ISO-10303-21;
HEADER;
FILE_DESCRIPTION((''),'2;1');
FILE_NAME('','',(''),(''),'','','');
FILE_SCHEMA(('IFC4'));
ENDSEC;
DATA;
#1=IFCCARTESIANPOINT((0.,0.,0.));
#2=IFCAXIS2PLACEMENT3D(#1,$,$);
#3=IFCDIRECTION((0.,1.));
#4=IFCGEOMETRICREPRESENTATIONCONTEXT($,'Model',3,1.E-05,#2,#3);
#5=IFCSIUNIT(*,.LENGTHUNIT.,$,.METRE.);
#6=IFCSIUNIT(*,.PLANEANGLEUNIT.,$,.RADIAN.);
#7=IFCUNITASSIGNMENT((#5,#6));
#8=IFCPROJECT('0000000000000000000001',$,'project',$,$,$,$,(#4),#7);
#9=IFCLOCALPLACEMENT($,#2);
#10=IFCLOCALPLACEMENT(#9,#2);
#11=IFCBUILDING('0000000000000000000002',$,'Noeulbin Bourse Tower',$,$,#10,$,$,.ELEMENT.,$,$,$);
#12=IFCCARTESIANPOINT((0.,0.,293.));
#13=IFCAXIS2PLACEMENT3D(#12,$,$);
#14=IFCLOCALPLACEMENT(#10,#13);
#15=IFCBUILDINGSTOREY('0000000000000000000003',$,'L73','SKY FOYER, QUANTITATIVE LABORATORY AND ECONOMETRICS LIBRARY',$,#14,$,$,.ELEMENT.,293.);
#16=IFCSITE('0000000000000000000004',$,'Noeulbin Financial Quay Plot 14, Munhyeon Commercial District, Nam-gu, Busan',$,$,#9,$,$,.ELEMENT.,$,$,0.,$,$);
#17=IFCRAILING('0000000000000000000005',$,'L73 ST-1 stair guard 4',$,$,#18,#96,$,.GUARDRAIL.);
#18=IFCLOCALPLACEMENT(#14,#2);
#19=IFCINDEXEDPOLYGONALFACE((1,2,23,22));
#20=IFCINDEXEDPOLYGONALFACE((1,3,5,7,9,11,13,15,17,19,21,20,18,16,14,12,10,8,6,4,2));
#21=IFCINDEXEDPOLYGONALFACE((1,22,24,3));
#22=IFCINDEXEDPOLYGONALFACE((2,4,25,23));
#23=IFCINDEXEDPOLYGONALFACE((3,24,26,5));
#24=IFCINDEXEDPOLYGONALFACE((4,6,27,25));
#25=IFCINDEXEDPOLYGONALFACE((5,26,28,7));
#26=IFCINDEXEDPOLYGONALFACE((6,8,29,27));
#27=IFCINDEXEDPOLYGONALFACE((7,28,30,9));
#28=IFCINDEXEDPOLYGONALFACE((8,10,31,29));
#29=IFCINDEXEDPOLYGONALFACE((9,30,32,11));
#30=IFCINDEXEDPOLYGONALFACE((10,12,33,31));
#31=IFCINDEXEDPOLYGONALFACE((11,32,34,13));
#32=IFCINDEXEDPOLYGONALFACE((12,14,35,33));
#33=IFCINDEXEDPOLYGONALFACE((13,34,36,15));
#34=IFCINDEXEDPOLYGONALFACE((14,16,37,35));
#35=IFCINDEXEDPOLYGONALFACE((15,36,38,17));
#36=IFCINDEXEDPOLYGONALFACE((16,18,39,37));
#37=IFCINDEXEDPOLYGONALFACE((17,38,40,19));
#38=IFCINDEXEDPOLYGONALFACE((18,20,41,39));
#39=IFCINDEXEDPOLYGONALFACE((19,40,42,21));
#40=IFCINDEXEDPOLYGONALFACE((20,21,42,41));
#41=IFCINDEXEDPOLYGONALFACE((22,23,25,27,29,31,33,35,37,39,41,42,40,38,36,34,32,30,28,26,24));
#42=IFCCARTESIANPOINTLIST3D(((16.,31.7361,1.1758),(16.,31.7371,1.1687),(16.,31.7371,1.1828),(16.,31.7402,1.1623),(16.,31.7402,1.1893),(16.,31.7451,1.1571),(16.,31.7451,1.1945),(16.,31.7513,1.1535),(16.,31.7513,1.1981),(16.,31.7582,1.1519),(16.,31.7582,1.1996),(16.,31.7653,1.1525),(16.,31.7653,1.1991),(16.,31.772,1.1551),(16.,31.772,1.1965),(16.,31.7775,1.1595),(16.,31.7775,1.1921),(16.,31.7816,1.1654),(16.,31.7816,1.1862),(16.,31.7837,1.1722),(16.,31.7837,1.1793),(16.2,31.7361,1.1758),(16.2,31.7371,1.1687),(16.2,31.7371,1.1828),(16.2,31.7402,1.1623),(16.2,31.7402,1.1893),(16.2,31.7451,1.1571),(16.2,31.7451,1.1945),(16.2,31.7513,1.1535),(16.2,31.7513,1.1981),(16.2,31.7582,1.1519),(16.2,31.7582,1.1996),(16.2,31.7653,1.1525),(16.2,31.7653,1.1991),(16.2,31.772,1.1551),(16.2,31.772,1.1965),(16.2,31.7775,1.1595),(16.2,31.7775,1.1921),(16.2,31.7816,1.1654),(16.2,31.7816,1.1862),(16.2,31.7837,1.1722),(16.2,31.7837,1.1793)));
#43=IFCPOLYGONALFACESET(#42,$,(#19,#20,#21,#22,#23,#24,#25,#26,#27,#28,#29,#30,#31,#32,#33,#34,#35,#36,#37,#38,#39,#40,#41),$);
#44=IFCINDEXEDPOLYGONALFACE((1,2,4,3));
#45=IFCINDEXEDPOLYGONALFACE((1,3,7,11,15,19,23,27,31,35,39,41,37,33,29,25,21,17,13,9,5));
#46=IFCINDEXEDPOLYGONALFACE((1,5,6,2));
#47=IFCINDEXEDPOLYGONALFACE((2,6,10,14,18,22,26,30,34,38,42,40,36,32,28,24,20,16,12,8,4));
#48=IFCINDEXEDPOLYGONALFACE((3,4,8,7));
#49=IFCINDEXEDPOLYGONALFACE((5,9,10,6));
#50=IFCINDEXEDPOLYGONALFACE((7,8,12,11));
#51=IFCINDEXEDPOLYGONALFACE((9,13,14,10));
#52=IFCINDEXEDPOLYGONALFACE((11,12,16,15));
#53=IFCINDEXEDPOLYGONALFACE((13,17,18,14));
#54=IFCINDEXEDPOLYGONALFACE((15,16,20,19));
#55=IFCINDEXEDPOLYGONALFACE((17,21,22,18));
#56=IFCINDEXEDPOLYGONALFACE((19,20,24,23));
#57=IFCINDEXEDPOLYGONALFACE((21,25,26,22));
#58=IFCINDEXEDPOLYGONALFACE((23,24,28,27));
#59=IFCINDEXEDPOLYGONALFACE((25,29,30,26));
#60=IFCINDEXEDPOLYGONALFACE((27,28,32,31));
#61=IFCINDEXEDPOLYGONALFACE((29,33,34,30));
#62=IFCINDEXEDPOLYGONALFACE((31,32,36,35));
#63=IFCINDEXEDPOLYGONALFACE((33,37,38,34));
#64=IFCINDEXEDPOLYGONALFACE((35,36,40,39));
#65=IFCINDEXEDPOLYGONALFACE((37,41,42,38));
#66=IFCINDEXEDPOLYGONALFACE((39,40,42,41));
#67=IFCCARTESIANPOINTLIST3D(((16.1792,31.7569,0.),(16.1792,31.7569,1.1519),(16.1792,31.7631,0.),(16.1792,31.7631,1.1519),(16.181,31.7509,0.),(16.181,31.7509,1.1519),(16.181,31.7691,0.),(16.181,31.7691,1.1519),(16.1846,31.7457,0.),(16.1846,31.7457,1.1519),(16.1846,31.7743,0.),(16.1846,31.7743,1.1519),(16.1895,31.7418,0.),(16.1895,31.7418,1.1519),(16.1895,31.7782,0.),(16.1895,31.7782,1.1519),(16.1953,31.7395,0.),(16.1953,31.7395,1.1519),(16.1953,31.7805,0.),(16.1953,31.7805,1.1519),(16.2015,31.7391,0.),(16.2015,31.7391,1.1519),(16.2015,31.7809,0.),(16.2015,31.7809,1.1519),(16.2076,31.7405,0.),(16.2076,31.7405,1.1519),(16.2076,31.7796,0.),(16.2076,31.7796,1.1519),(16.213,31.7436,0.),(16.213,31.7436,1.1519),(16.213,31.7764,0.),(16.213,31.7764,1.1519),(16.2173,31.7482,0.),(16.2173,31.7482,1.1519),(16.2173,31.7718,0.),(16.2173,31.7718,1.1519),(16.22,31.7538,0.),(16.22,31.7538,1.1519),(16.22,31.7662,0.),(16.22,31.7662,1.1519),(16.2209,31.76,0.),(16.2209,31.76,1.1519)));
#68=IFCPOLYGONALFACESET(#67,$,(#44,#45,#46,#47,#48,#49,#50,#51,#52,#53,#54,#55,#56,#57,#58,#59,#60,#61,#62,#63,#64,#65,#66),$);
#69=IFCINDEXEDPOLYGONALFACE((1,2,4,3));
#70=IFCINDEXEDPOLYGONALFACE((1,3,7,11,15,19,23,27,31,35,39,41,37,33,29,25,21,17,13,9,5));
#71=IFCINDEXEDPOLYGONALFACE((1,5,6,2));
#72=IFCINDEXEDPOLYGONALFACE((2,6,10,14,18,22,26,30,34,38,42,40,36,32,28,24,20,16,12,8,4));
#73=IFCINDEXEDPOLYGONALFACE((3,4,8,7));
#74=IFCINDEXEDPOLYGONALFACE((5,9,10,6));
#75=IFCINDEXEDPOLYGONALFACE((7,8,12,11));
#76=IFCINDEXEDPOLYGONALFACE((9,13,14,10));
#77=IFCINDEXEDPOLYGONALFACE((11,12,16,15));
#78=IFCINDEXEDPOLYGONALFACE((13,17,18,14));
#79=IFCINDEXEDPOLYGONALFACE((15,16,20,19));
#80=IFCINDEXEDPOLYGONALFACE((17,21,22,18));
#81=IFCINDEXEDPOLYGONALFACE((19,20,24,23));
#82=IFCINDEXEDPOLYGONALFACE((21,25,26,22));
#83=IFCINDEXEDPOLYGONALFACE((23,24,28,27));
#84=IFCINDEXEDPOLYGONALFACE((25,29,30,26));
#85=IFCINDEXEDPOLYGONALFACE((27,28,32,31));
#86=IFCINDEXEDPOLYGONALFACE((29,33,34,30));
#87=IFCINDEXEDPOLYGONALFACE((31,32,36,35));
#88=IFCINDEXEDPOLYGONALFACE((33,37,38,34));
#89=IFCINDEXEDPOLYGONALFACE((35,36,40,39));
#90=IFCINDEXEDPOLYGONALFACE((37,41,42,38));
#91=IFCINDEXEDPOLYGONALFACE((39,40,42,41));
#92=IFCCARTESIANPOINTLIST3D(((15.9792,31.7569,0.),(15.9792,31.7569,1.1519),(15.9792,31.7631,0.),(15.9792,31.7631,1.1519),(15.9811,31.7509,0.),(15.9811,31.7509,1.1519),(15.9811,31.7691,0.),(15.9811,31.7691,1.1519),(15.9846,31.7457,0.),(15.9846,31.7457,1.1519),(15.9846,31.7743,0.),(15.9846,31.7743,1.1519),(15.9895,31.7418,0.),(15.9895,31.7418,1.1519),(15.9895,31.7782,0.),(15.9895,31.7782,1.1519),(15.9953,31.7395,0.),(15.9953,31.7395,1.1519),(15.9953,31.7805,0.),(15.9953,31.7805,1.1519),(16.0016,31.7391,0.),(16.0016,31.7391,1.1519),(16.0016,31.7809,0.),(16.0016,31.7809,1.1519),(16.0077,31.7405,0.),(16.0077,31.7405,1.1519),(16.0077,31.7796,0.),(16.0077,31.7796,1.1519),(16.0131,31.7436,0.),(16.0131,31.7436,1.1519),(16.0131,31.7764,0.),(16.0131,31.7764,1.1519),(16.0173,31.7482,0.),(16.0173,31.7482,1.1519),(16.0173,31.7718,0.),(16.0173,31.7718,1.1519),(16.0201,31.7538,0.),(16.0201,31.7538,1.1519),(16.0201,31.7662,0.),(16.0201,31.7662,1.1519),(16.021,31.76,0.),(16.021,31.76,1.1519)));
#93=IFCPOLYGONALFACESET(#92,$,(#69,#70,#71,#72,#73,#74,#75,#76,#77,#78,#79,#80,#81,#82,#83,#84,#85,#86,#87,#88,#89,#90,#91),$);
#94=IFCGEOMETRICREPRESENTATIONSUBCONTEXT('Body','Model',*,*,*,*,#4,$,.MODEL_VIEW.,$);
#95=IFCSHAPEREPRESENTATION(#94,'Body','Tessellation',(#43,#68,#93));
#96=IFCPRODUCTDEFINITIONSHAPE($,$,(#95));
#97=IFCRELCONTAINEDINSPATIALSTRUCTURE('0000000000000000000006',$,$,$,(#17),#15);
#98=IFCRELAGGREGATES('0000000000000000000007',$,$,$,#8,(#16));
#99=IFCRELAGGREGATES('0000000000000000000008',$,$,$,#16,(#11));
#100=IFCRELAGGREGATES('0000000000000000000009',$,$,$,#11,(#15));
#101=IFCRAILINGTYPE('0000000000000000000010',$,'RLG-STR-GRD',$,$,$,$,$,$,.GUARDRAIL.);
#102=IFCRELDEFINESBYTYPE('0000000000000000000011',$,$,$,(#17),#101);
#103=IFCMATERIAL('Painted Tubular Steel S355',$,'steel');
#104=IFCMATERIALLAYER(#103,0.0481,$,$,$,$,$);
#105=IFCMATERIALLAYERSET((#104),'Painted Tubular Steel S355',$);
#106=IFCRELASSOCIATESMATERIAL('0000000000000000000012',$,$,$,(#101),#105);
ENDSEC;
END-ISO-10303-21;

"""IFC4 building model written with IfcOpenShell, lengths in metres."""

from ifc_helpers import new_model, si_unit, direction, frame, origin, origin_2d, place, context, subcontext, project, spatial, circle, extrude, material, layer, layer_set, type_object, element, save


model = new_model("IFC4")

# Units and contexts
model_context = context("Model", 3, precision=1e-05, world=origin(), true_north=direction((0.0, 1.0)))
body_context = subcontext(model_context, "Body", "Model", "MODEL_VIEW")
ifc_project = project(units=[si_unit("LENGTHUNIT", "METRE"), si_unit("PLANEANGLEUNIT", "RADIAN")], contexts=[model_context])

# Site, building, storey
site_placement = place(None, origin())
site = spatial("IfcSite", under=ifc_project, at=site_placement, Name="Noeulbin Financial Quay Plot 14, Munhyeon Commercial District, Nam-gu, Busan", CompositionType="ELEMENT", RefElevation=0.0)
building_placement = place(site_placement, origin())
building = spatial("IfcBuilding", under=site, at=building_placement, Name="Noeulbin Bourse Tower", CompositionType="ELEMENT")
storey_placement = place(building_placement, frame((0.0, 0.0, 293.0)))
storey = spatial("IfcBuildingStorey", under=building, at=storey_placement, Name="L73", Description="SKY FOYER, QUANTITATIVE LABORATORY AND ECONOMETRICS LIBRARY", CompositionType="ELEMENT", Elevation=293.0)

# Railing
ifc_material_1 = material(Name="Painted Tubular Steel S355", Category="steel")
ifc_layer_1 = layer(ifc_material_1, 0.0481)
ifc_layer_set_1 = layer_set([ifc_layer_1], Name="Painted Tubular Steel S355")
railing_type_1 = type_object("IfcRailingType", Name="RLG-STR-GRD", PredefinedType="GUARDRAIL", material=ifc_layer_set_1)
railing_1_placement = place(storey_placement, frame((16.2, 31.76, 0.0)))
element("IfcRailing", 1, at=railing_1_placement, inside=storey, type_object=railing_type_1, Name="L73 ST-1 stair guard 4", PredefinedType="GUARDRAIL", context=body_context, shape_type="SweptSolid", body=[
    extrude(circle(Radius=0.0239, at=origin_2d()), frame((0.0, 0.0, 1.1758), z_axis=(-1.0, 0.0, 0.0), x_axis=(0.0, -1.0, 0.0)), (0.0, 0.0, 1.0), 0.2),
    extrude(circle(Radius=0.021, at=origin_2d()), origin(), (0.0, 0.0, 1.0), 1.1519),
    extrude(circle(Radius=0.021, at=origin_2d()), frame((-0.2, 0.0, 0.0)), (0.0, 0.0, 1.0), 1.1519),
])

save(model, "model.ifc")
